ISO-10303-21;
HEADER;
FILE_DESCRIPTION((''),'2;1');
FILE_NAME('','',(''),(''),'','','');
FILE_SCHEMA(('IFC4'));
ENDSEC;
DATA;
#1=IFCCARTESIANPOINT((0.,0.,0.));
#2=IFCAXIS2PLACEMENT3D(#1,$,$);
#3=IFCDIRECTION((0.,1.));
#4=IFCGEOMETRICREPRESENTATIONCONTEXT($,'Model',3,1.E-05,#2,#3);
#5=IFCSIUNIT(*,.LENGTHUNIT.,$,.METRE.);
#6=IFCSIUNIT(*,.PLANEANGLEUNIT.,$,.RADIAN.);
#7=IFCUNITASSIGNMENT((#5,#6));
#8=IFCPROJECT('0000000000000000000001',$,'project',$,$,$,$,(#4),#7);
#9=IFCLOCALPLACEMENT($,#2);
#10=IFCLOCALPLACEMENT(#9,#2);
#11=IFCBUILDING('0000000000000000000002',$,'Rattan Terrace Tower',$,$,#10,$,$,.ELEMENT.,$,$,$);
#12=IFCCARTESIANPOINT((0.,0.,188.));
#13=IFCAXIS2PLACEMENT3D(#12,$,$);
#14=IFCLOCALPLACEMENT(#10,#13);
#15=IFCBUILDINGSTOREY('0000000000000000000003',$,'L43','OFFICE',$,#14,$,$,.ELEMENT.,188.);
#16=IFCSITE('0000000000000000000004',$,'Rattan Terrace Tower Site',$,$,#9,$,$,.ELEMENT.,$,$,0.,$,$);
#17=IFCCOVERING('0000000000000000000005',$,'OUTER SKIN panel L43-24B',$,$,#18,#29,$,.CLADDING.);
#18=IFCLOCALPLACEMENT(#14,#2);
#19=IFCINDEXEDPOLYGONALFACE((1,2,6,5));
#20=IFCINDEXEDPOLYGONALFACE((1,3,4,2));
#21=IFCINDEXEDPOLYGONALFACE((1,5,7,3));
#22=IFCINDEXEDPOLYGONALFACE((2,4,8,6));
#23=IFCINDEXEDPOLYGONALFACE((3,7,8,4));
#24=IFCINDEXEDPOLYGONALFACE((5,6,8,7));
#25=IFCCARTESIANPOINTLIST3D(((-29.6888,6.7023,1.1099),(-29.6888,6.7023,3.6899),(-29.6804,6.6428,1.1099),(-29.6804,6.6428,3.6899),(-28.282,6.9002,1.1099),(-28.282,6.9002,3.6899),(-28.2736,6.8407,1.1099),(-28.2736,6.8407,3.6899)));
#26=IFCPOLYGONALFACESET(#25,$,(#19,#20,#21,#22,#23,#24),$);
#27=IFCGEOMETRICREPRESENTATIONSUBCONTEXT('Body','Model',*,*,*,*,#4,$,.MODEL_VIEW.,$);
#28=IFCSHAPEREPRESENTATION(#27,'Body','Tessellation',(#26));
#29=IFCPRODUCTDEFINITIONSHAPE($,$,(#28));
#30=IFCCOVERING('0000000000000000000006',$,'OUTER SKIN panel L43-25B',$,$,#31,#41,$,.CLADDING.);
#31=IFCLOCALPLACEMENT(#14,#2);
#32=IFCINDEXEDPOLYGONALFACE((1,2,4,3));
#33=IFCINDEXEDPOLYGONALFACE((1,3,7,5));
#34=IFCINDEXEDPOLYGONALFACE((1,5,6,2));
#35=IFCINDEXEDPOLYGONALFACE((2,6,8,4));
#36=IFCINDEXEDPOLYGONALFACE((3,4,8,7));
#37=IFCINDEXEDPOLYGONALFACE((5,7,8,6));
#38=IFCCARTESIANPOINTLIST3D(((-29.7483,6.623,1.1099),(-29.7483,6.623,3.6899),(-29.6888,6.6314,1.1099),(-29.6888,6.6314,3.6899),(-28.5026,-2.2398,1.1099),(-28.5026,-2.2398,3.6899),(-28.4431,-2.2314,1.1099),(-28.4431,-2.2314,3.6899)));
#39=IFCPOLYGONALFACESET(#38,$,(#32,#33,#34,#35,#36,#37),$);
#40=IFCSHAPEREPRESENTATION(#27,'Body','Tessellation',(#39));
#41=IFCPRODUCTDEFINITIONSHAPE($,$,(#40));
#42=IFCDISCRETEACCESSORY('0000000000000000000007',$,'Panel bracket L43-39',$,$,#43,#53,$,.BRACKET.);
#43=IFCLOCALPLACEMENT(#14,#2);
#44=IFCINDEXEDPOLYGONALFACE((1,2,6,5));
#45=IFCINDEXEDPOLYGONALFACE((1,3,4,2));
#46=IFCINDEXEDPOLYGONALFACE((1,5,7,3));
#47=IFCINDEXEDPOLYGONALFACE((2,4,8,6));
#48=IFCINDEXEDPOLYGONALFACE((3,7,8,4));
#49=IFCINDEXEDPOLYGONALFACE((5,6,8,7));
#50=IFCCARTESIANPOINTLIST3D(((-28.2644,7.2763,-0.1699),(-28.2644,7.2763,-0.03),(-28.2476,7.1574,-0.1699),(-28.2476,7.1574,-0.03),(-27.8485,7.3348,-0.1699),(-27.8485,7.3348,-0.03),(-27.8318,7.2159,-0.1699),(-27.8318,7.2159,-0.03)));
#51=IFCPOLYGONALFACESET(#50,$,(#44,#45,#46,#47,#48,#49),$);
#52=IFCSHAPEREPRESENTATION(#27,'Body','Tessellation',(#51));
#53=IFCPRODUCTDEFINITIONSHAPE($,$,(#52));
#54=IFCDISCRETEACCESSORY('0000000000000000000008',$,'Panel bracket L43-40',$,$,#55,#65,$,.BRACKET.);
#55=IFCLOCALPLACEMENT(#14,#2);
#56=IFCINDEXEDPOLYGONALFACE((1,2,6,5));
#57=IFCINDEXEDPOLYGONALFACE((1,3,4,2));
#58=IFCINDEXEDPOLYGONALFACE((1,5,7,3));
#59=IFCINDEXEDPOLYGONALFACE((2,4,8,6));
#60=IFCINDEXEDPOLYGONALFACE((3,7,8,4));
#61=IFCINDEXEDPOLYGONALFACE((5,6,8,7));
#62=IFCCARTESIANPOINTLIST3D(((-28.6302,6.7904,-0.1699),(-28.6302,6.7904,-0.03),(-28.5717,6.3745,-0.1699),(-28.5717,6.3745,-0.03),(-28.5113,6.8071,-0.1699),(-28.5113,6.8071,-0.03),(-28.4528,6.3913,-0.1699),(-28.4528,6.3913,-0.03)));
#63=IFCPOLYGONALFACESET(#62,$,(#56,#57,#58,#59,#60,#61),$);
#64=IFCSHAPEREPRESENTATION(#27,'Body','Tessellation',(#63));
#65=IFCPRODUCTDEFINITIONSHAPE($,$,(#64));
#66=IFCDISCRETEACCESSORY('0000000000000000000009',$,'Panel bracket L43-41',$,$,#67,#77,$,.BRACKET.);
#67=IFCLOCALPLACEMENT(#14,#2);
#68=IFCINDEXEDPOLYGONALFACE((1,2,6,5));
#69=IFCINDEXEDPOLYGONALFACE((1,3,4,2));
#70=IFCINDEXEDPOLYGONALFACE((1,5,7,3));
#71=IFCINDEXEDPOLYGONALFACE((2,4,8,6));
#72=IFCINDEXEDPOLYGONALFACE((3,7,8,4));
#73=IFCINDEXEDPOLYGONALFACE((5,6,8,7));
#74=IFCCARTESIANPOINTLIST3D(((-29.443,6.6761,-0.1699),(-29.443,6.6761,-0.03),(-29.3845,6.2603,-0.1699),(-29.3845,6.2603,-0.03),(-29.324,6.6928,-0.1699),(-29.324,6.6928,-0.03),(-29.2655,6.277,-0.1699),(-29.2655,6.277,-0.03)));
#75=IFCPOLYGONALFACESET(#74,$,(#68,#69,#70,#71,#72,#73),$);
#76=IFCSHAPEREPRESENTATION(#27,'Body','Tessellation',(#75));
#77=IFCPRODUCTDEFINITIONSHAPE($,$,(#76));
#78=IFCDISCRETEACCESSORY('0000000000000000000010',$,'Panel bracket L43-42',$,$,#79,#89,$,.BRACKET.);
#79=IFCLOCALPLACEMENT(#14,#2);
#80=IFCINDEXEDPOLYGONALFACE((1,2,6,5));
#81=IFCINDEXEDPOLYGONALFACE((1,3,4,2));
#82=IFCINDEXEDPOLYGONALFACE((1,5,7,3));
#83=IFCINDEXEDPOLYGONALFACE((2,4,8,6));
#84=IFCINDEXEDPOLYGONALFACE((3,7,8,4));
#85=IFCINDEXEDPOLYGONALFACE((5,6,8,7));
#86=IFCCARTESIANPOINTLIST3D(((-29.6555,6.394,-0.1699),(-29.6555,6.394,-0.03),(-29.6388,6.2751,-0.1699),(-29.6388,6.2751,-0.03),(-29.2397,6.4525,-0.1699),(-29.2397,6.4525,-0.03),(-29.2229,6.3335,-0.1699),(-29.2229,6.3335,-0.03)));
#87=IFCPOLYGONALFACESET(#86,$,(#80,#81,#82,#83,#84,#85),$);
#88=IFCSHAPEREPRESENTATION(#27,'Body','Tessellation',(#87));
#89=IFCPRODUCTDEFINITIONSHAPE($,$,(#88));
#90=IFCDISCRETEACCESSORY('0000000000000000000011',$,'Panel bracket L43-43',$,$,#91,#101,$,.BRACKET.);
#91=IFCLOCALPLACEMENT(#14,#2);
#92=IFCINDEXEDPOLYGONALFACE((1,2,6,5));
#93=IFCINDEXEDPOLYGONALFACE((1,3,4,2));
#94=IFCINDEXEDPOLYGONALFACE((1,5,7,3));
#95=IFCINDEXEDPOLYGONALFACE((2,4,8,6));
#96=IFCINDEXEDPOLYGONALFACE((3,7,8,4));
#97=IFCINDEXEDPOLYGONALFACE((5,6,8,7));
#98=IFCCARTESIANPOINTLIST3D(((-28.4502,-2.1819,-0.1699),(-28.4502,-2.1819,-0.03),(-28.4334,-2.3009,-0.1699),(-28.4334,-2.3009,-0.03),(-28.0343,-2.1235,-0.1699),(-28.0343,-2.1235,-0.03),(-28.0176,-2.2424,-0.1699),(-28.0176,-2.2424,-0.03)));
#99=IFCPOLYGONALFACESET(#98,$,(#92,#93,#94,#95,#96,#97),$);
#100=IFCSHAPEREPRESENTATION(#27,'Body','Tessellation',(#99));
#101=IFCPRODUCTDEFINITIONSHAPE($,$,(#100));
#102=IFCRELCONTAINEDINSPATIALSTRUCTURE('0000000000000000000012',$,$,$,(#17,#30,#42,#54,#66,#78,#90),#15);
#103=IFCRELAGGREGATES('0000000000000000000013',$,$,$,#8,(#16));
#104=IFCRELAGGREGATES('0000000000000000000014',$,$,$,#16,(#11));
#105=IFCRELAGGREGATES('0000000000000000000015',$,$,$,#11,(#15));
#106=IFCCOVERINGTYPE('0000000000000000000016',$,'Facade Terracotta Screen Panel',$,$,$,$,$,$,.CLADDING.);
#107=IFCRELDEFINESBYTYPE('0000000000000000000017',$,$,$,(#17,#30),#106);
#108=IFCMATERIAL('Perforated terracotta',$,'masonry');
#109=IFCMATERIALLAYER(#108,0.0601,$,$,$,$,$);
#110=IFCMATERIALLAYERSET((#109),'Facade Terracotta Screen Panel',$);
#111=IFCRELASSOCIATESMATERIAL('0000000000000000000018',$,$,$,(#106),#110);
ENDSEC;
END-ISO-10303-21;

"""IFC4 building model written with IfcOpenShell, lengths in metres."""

from ifc_helpers import new_model, si_unit, direction, frame, origin, origin_2d, place, context, subcontext, project, spatial, rectangle, extrude, material, layer, layer_set, type_object, element, save


model = new_model("IFC4")

# Units and contexts
model_context = context("Model", 3, precision=1e-05, world=origin(), true_north=direction((0.0, 1.0)))
body_context = subcontext(model_context, "Body", "Model", "MODEL_VIEW")
ifc_project = project(units=[si_unit("LENGTHUNIT", "METRE"), si_unit("PLANEANGLEUNIT", "RADIAN")], contexts=[model_context])

# Site, building, storey
site_placement = place(None, origin())
site = spatial("IfcSite", under=ifc_project, at=site_placement, Name="Rattan Terrace Tower Site", CompositionType="ELEMENT", RefElevation=0.0)
building_placement = place(site_placement, origin())
building = spatial("IfcBuilding", under=site, at=building_placement, Name="Rattan Terrace Tower", CompositionType="ELEMENT")
storey_placement = place(building_placement, frame((0.0, 0.0, 188.0)))
storey = spatial("IfcBuildingStorey", under=building, at=storey_placement, Name="L43", Description="OFFICE", CompositionType="ELEMENT", Elevation=188.0)

# Coverings
ifc_material_1 = material(Name="Perforated terracotta", Category="masonry")
ifc_layer_1 = layer(ifc_material_1, 0.0601)
ifc_layer_set_1 = layer_set([ifc_layer_1], Name="Facade Terracotta Screen Panel")
covering_type_1 = type_object("IfcCoveringType", Name="Facade Terracotta Screen Panel", PredefinedType="CLADDING", material=ifc_layer_set_1)
covering_1_placement = place(storey_placement, frame((-28.9812, 6.7715, 1.1099), z_axis=(0.0, 0.0, 1.0), x_axis=(-0.990254, -0.139275, 0.0)))
element("IfcCovering", 1, at=covering_1_placement, inside=storey, type_object=covering_type_1, Name="OUTER SKIN panel L43-24B", PredefinedType="CLADDING", context=body_context, shape_type="SweptSolid", body=[
    extrude(rectangle(XDim=1.4207, YDim=0.0601, at=origin_2d()), origin(), (0.0, 0.0, 1.0), 2.5801),
])
covering_2_placement = place(storey_placement, frame((-29.0957, 2.1958, 1.1099), z_axis=(0.0, 0.0, 1.0), x_axis=(0.139191, -0.990266, 0.0)))
element("IfcCovering", 2, at=covering_2_placement, inside=storey, type_object=covering_type_1, Name="OUTER SKIN panel L43-25B", PredefinedType="CLADDING", context=body_context, shape_type="SweptSolid", body=[
    extrude(rectangle(XDim=8.95, YDim=0.0601, at=origin_2d()), origin(), (0.0, 0.0, 1.0), 2.5801),
])

# Discrete accessories
for number, where, z_axis, x_axis, name in (
    (3, (-28.0481, 7.2461, -0.1699), (0.0, 0.0, 1.0), (0.139321, -0.990247, 0.0), "Panel bracket L43-39"),
    (4, (-28.5415, 6.5908, -0.1699), (0.0, 0.0, 1.0), (-0.990254, -0.139275, 0.0), "Panel bracket L43-40"),
    (5, (-29.3542, 6.4766, -0.1699), (0.0, 0.0, 1.0), (-0.990254, -0.139275, 0.0), "Panel bracket L43-41"),
    (6, (-29.4392, 6.3638, -0.1699), (0.0, 0.0, 1.0), (0.139191, -0.990266, 0.0), "Panel bracket L43-42"),
    (7, (-28.2339, -2.2122, -0.1699), (0.0, 0.0, 1.0), (0.139191, -0.990266, 0.0), "Panel bracket L43-43"),
):
    element("IfcDiscreteAccessory", number, at=place(storey_placement, frame(where, z_axis=z_axis, x_axis=x_axis)), inside=storey, Name=name, PredefinedType="BRACKET", context=body_context, shape_type="SweptSolid", body=[
        extrude(rectangle(XDim=0.1201, YDim=0.4199, at=origin_2d()), origin(), (0.0, 0.0, 1.0), 0.1399),
    ])

save(model, "model.ifc")
